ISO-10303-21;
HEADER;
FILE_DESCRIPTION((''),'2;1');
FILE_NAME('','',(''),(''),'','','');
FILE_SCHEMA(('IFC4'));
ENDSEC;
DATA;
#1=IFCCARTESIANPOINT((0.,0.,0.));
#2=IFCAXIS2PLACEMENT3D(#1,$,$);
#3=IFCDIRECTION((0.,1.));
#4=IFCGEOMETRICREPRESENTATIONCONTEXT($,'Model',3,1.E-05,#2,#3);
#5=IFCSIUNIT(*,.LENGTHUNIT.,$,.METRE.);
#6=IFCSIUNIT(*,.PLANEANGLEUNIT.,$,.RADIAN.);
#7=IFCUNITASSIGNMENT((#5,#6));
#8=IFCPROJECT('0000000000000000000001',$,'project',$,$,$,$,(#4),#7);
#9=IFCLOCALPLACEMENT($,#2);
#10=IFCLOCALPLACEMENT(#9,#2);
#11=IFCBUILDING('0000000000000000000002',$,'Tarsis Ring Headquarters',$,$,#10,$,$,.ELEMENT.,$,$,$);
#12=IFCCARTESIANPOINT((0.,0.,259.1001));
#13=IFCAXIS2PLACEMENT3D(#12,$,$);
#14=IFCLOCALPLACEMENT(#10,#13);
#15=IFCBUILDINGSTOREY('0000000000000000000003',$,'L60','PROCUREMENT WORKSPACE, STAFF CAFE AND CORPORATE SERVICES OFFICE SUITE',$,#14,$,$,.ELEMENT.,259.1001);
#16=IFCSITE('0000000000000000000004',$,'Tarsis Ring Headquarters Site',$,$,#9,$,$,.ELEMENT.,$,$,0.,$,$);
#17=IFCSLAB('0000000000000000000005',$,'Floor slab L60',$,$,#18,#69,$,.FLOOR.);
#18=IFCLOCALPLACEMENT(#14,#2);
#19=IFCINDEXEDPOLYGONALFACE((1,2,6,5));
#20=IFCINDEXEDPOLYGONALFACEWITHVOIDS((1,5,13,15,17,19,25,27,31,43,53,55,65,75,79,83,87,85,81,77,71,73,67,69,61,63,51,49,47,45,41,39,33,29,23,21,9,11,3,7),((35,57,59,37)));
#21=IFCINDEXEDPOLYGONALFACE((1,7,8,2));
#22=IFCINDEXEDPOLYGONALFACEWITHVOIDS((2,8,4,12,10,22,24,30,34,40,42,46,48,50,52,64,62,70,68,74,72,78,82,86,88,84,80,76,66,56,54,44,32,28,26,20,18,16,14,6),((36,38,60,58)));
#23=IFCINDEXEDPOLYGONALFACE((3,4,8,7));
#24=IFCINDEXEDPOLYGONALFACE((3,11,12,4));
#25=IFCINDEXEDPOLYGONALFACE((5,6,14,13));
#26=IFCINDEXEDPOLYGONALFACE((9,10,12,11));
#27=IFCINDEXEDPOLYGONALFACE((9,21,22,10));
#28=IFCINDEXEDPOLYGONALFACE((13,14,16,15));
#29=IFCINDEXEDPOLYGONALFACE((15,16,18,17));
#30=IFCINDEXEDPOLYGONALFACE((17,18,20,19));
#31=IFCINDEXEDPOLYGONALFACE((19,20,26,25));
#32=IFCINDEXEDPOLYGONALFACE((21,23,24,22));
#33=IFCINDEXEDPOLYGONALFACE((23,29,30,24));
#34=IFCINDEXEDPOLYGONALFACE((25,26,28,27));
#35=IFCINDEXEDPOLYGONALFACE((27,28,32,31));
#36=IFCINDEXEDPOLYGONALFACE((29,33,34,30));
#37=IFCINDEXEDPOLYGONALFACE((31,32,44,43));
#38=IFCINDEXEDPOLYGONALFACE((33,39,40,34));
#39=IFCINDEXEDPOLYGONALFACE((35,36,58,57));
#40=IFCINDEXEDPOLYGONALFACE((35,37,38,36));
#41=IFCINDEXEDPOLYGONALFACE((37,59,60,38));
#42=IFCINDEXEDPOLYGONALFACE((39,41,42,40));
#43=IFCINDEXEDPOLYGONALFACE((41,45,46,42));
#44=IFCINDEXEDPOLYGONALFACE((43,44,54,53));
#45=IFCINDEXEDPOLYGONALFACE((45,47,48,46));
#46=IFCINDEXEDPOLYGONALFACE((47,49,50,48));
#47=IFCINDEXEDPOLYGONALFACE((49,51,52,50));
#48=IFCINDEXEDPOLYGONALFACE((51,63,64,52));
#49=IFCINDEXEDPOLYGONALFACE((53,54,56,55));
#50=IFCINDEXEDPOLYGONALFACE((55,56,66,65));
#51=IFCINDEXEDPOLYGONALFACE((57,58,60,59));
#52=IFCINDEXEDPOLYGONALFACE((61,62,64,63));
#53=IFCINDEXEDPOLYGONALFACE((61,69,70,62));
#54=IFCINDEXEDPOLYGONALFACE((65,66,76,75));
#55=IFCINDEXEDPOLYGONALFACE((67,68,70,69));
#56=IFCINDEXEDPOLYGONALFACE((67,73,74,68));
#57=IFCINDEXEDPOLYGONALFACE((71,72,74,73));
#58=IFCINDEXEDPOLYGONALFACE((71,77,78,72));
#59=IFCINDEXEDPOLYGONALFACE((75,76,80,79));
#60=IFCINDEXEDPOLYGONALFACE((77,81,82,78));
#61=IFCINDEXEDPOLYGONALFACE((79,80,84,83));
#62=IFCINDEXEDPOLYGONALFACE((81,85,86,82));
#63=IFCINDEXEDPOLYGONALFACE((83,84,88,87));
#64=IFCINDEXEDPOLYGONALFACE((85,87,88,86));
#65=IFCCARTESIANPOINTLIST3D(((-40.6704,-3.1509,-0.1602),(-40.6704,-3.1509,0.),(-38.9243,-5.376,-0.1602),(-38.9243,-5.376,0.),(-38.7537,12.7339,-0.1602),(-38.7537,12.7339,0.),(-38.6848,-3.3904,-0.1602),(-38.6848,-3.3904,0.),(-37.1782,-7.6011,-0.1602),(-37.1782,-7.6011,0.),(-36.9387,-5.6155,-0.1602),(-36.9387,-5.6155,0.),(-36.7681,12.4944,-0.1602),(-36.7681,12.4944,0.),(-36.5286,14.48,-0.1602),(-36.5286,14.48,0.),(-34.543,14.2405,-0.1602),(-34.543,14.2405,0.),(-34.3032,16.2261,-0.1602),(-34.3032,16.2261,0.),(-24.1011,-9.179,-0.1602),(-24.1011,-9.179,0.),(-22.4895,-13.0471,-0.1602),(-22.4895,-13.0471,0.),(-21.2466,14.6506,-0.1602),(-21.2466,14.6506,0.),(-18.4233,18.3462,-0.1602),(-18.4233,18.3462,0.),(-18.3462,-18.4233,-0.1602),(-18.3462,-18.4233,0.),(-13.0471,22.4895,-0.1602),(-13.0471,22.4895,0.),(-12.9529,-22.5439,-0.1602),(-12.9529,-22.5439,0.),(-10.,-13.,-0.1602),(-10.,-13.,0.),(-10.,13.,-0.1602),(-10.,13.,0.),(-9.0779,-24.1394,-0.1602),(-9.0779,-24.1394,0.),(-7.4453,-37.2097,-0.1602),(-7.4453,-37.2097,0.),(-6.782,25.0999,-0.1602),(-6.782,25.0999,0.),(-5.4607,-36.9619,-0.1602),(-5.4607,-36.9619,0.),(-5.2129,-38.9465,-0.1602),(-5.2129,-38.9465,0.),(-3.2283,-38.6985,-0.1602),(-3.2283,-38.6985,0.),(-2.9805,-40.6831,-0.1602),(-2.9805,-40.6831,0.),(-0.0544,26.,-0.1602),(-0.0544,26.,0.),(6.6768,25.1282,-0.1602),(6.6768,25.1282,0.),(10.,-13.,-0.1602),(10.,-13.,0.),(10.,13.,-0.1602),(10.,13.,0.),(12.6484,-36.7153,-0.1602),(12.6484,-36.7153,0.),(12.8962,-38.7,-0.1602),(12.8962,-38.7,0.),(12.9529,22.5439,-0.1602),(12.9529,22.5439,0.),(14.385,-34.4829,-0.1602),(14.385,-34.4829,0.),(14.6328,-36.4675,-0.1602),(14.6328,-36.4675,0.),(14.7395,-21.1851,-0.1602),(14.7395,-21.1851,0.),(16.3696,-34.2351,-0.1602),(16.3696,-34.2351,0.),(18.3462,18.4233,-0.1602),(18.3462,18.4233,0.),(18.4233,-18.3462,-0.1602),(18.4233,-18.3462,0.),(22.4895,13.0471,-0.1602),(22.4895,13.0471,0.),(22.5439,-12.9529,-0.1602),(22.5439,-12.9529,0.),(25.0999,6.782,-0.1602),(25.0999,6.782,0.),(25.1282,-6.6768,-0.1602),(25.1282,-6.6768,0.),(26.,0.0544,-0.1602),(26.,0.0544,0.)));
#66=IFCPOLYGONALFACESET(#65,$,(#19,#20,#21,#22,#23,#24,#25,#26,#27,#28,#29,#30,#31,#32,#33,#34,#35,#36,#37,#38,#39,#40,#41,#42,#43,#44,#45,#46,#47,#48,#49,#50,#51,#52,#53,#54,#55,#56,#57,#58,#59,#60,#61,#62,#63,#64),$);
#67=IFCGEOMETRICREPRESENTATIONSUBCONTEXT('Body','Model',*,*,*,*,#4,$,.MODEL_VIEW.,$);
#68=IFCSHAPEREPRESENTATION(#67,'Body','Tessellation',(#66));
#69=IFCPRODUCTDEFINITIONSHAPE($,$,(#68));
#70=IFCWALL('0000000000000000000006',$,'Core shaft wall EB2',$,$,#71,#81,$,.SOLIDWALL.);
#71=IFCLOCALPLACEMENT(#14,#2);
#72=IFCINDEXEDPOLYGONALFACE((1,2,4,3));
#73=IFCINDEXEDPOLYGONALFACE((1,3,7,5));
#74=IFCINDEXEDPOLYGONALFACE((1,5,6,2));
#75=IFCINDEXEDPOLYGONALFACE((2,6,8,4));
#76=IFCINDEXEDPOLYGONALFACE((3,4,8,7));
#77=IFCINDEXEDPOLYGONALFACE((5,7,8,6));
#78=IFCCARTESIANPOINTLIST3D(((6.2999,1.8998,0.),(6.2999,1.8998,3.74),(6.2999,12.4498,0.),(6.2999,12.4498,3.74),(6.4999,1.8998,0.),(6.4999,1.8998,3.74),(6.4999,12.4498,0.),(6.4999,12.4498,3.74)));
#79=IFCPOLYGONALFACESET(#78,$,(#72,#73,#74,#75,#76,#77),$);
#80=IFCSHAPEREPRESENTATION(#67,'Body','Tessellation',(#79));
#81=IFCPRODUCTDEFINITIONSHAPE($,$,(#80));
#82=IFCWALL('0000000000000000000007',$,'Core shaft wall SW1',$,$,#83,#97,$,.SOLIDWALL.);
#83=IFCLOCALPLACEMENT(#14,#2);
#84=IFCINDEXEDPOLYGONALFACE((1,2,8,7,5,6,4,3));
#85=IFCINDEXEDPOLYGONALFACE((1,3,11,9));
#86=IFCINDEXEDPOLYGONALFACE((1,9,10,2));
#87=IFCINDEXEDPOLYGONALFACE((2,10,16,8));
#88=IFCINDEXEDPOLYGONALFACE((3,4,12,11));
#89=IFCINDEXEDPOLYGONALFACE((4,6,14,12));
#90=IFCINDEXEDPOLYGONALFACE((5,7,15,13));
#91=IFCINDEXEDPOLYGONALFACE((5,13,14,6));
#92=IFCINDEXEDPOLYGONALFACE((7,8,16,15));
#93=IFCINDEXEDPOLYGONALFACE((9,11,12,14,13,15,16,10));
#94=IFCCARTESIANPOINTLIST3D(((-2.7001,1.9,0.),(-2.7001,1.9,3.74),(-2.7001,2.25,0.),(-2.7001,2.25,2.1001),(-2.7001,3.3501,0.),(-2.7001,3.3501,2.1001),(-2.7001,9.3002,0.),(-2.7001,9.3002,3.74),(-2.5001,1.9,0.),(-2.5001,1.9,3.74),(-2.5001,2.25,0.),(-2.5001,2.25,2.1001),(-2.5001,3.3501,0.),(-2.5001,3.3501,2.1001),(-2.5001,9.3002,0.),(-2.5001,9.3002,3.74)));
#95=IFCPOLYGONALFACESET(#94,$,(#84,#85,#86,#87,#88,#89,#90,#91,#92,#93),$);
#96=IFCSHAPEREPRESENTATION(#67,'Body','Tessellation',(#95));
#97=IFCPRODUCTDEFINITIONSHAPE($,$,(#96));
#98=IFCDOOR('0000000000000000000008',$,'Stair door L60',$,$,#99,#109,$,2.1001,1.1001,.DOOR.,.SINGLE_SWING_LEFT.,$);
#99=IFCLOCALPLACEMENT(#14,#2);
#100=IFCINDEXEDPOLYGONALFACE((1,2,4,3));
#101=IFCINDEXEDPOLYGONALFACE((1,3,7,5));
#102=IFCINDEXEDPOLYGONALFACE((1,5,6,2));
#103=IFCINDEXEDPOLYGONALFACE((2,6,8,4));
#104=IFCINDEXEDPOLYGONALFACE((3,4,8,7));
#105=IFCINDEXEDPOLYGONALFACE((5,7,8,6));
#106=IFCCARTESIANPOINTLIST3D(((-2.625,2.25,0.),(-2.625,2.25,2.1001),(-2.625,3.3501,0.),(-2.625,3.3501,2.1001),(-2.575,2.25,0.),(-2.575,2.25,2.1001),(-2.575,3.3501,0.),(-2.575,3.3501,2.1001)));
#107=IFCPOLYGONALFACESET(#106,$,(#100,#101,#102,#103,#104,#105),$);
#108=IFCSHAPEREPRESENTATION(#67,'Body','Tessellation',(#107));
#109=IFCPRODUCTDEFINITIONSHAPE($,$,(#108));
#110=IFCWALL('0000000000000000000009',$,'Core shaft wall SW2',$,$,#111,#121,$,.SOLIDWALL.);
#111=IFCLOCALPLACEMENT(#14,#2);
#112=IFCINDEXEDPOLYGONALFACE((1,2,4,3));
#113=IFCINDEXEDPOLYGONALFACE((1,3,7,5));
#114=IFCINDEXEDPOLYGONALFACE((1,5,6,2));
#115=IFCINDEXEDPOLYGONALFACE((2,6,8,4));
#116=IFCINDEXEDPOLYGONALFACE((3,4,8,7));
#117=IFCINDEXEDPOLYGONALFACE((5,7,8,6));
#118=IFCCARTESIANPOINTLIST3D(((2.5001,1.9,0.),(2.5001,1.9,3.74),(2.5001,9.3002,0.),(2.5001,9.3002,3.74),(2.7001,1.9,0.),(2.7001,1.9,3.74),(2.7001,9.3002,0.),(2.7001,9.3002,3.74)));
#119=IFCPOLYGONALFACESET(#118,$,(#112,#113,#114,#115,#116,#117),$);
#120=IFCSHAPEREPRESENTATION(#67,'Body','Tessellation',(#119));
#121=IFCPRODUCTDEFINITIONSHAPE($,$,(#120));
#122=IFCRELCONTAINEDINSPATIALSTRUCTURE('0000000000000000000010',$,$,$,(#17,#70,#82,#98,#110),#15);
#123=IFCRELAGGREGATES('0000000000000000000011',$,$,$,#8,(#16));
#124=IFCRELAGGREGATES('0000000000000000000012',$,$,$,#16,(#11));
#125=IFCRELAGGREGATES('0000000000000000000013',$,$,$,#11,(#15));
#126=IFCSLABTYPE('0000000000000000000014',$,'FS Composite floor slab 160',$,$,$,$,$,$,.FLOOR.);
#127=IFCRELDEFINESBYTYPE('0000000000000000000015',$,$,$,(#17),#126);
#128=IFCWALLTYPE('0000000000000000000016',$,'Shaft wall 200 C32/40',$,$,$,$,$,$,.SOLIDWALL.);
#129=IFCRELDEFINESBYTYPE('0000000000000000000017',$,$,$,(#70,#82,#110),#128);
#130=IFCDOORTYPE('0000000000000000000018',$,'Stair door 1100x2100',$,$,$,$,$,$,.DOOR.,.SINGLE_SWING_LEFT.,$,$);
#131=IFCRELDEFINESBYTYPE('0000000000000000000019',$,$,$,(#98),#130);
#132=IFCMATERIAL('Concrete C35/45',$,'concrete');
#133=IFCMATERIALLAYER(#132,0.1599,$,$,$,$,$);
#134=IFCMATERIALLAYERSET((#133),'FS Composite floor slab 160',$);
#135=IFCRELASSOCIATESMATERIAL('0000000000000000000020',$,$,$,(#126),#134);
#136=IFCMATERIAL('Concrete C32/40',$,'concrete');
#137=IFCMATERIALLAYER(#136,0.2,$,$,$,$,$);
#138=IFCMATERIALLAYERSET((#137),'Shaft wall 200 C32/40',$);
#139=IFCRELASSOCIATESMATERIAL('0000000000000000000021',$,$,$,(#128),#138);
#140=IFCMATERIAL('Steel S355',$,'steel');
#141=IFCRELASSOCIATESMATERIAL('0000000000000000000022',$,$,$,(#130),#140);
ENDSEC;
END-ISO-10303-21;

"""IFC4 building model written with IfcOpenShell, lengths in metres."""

from ifc_helpers import new_model, si_unit, direction, frame, frame_2d, origin, place, context, subcontext, project, spatial, polyline, rectangle, outline, extrude, material, layer, layer_set, type_object, element, fill, save


model = new_model("IFC4")

# Units and contexts
model_context = context("Model", 3, precision=1e-05, world=origin(), true_north=direction((0.0, 1.0)))
body_context = subcontext(model_context, "Body", "Model", "MODEL_VIEW")
ifc_project = project(units=[si_unit("LENGTHUNIT", "METRE"), si_unit("PLANEANGLEUNIT", "RADIAN")], contexts=[model_context])

# Site, building, storey
site_placement = place(None, origin())
site = spatial("IfcSite", under=ifc_project, at=site_placement, Name="Tarsis Ring Headquarters Site", CompositionType="ELEMENT", RefElevation=0.0)
building_placement = place(site_placement, origin())
building = spatial("IfcBuilding", under=site, at=building_placement, Name="Tarsis Ring Headquarters", CompositionType="ELEMENT")
storey_placement = place(building_placement, frame((0.0, 0.0, 259.1001)))
storey = spatial("IfcBuildingStorey", under=building, at=storey_placement, Name="L60", Description="PROCUREMENT WORKSPACE, STAFF CAFE AND CORPORATE SERVICES OFFICE SUITE", CompositionType="ELEMENT", Elevation=259.1001)

# Slab
ifc_material_1 = material(Name="Concrete C35/45", Category="concrete")
ifc_layer_1 = layer(ifc_material_1, 0.1599)
ifc_layer_set_1 = layer_set([ifc_layer_1], Name="FS Composite floor slab 160")
slab_type_1 = type_object("IfcSlabType", Name="FS Composite floor slab 160", PredefinedType="FLOOR", material=ifc_layer_set_1)
slab_1_placement = place(storey_placement, frame((0.0, 0.0, -0.1602)))
element("IfcSlab", 1, at=slab_1_placement, inside=storey, type_object=slab_type_1, Name="Floor slab L60", PredefinedType="FLOOR", context=body_context, shape_type="SweptSolid", body=[
    extrude(outline(polyline([(-24.1011, -9.179), (-22.4895, -13.0471), (-18.3462, -18.4233), (-12.9529, -22.5439), (-9.0779, -24.1394), (-7.4453, -37.2097), (-5.4607, -36.9619), (-5.2129, -38.9465), (-3.2283, -38.6985), (-2.9805, -40.6831), (12.8962, -38.7), (12.6484, -36.7153), (14.6328, -36.4675), (14.385, -34.4829), (16.3696, -34.2351), (14.7395, -21.1851), (18.4233, -18.3462), (22.5439, -12.9529), (25.1282, -6.6768), (26.0, 0.0544), (25.0999, 6.782), (22.4895, 13.0471), (18.3462, 18.4233), (12.9529, 22.5439), (6.6768, 25.1282), (-0.0544, 26.0), (-6.782, 25.0999), (-13.0471, 22.4895), (-18.4233, 18.3462), (-21.2466, 14.6506), (-34.3032, 16.2261), (-34.543, 14.2405), (-36.5286, 14.48), (-36.7681, 12.4944), (-38.7537, 12.7339), (-40.6704, -3.1509), (-38.6848, -3.3904), (-38.9243, -5.376), (-36.9387, -5.6155), (-37.1782, -7.6011), (-24.1011, -9.179)]), holes=[polyline([(-10.0, -13.0), (-10.0, 13.0), (10.0, 13.0), (10.0, -13.0), (-10.0, -13.0)])]), origin(), (0.0, 0.0, 1.0), 0.1602),
])

# Wall
ifc_material_2 = material(Name="Concrete C32/40", Category="concrete")
ifc_layer_2 = layer(ifc_material_2, 0.2)
ifc_layer_set_2 = layer_set([ifc_layer_2], Name="Shaft wall 200 C32/40")
wall_type = type_object("IfcWallType", Name="Shaft wall 200 C32/40", PredefinedType="SOLIDWALL", material=ifc_layer_set_2)
wall_1_placement = place(storey_placement, frame((6.3999, 1.8999, 0.0), z_axis=(0.0, 0.0, 1.0), x_axis=(0.0, 1.0, 0.0)))
element("IfcWall", 2, at=wall_1_placement, inside=storey, type_object=wall_type, Name="Core shaft wall EB2", PredefinedType="SOLIDWALL", context=body_context, shape_type="SweptSolid", body=[
    extrude(rectangle(XDim=10.55, YDim=0.2, at=frame_2d((5.2749, 0.0))), origin(), (0.0, 0.0, 1.0), 3.74),
])

# Wall, opening, door
wall_2_placement = place(storey_placement, frame((-2.6001, 1.8999, 0.0), z_axis=(0.0, 0.0, 1.0), x_axis=(0.0, 1.0, 0.0)))
wall_2 = element("IfcWall", 3, at=wall_2_placement, inside=storey, type_object=wall_type, Name="Core shaft wall SW1", PredefinedType="SOLIDWALL", context=body_context, shape_type="SweptSolid", body=[
    extrude(rectangle(XDim=7.4001, YDim=0.2, at=frame_2d((3.7002, 0.0))), origin(), (0.0, 0.0, 1.0), 3.74),
])
opening_placement = place(wall_2_placement, frame((0.3501, 0.0, 0.0)))
opening = element("IfcOpeningElement", 4, at=opening_placement, cuts=wall_2, PredefinedType="OPENING", context=body_context, shape_type="SweptSolid", body=[
    extrude(rectangle(XDim=1.1001, YDim=2.1001, at=frame_2d((0.55, 1.05))), frame((0.0, 0.1099, 0.0), z_axis=(0.0, -1.0, 0.0), x_axis=(1.0, 0.0, 0.0)), (0.0, 0.0, 1.0), 0.22),
])
ifc_material_3 = material(Name="Steel S355", Category="steel")
door_type = type_object("IfcDoorType", Name="Stair door 1100x2100", OperationType="SINGLE_SWING_LEFT", PredefinedType="DOOR", material=ifc_material_3)
door_placement = place(opening_placement, origin())
door = element("IfcDoor", 5, at=door_placement, inside=storey, type_object=door_type, Name="Stair door L60", OperationType="SINGLE_SWING_LEFT", OverallHeight=2.1001, OverallWidth=1.1001, PredefinedType="DOOR", context=body_context, shape_type="SweptSolid", body=[
    extrude(rectangle(XDim=1.1001, YDim=2.1001, at=frame_2d((0.55, 1.05))), frame((0.0, 0.0249, 0.0), z_axis=(0.0, -1.0, 0.0), x_axis=(1.0, 0.0, 0.0)), (0.0, 0.0, 1.0), 0.05),
])
fill(opening, door)

# Wall
wall_3_placement = place(storey_placement, frame((2.6001, 1.8999, 0.0), z_axis=(0.0, 0.0, 1.0), x_axis=(0.0, 1.0, 0.0)))
element("IfcWall", 6, at=wall_3_placement, inside=storey, type_object=wall_type, Name="Core shaft wall SW2", PredefinedType="SOLIDWALL", context=body_context, shape_type="SweptSolid", body=[
    extrude(rectangle(XDim=7.4001, YDim=0.2, at=frame_2d((3.7002, 0.0))), origin(), (0.0, 0.0, 1.0), 3.74),
])

save(model, "model.ifc")
